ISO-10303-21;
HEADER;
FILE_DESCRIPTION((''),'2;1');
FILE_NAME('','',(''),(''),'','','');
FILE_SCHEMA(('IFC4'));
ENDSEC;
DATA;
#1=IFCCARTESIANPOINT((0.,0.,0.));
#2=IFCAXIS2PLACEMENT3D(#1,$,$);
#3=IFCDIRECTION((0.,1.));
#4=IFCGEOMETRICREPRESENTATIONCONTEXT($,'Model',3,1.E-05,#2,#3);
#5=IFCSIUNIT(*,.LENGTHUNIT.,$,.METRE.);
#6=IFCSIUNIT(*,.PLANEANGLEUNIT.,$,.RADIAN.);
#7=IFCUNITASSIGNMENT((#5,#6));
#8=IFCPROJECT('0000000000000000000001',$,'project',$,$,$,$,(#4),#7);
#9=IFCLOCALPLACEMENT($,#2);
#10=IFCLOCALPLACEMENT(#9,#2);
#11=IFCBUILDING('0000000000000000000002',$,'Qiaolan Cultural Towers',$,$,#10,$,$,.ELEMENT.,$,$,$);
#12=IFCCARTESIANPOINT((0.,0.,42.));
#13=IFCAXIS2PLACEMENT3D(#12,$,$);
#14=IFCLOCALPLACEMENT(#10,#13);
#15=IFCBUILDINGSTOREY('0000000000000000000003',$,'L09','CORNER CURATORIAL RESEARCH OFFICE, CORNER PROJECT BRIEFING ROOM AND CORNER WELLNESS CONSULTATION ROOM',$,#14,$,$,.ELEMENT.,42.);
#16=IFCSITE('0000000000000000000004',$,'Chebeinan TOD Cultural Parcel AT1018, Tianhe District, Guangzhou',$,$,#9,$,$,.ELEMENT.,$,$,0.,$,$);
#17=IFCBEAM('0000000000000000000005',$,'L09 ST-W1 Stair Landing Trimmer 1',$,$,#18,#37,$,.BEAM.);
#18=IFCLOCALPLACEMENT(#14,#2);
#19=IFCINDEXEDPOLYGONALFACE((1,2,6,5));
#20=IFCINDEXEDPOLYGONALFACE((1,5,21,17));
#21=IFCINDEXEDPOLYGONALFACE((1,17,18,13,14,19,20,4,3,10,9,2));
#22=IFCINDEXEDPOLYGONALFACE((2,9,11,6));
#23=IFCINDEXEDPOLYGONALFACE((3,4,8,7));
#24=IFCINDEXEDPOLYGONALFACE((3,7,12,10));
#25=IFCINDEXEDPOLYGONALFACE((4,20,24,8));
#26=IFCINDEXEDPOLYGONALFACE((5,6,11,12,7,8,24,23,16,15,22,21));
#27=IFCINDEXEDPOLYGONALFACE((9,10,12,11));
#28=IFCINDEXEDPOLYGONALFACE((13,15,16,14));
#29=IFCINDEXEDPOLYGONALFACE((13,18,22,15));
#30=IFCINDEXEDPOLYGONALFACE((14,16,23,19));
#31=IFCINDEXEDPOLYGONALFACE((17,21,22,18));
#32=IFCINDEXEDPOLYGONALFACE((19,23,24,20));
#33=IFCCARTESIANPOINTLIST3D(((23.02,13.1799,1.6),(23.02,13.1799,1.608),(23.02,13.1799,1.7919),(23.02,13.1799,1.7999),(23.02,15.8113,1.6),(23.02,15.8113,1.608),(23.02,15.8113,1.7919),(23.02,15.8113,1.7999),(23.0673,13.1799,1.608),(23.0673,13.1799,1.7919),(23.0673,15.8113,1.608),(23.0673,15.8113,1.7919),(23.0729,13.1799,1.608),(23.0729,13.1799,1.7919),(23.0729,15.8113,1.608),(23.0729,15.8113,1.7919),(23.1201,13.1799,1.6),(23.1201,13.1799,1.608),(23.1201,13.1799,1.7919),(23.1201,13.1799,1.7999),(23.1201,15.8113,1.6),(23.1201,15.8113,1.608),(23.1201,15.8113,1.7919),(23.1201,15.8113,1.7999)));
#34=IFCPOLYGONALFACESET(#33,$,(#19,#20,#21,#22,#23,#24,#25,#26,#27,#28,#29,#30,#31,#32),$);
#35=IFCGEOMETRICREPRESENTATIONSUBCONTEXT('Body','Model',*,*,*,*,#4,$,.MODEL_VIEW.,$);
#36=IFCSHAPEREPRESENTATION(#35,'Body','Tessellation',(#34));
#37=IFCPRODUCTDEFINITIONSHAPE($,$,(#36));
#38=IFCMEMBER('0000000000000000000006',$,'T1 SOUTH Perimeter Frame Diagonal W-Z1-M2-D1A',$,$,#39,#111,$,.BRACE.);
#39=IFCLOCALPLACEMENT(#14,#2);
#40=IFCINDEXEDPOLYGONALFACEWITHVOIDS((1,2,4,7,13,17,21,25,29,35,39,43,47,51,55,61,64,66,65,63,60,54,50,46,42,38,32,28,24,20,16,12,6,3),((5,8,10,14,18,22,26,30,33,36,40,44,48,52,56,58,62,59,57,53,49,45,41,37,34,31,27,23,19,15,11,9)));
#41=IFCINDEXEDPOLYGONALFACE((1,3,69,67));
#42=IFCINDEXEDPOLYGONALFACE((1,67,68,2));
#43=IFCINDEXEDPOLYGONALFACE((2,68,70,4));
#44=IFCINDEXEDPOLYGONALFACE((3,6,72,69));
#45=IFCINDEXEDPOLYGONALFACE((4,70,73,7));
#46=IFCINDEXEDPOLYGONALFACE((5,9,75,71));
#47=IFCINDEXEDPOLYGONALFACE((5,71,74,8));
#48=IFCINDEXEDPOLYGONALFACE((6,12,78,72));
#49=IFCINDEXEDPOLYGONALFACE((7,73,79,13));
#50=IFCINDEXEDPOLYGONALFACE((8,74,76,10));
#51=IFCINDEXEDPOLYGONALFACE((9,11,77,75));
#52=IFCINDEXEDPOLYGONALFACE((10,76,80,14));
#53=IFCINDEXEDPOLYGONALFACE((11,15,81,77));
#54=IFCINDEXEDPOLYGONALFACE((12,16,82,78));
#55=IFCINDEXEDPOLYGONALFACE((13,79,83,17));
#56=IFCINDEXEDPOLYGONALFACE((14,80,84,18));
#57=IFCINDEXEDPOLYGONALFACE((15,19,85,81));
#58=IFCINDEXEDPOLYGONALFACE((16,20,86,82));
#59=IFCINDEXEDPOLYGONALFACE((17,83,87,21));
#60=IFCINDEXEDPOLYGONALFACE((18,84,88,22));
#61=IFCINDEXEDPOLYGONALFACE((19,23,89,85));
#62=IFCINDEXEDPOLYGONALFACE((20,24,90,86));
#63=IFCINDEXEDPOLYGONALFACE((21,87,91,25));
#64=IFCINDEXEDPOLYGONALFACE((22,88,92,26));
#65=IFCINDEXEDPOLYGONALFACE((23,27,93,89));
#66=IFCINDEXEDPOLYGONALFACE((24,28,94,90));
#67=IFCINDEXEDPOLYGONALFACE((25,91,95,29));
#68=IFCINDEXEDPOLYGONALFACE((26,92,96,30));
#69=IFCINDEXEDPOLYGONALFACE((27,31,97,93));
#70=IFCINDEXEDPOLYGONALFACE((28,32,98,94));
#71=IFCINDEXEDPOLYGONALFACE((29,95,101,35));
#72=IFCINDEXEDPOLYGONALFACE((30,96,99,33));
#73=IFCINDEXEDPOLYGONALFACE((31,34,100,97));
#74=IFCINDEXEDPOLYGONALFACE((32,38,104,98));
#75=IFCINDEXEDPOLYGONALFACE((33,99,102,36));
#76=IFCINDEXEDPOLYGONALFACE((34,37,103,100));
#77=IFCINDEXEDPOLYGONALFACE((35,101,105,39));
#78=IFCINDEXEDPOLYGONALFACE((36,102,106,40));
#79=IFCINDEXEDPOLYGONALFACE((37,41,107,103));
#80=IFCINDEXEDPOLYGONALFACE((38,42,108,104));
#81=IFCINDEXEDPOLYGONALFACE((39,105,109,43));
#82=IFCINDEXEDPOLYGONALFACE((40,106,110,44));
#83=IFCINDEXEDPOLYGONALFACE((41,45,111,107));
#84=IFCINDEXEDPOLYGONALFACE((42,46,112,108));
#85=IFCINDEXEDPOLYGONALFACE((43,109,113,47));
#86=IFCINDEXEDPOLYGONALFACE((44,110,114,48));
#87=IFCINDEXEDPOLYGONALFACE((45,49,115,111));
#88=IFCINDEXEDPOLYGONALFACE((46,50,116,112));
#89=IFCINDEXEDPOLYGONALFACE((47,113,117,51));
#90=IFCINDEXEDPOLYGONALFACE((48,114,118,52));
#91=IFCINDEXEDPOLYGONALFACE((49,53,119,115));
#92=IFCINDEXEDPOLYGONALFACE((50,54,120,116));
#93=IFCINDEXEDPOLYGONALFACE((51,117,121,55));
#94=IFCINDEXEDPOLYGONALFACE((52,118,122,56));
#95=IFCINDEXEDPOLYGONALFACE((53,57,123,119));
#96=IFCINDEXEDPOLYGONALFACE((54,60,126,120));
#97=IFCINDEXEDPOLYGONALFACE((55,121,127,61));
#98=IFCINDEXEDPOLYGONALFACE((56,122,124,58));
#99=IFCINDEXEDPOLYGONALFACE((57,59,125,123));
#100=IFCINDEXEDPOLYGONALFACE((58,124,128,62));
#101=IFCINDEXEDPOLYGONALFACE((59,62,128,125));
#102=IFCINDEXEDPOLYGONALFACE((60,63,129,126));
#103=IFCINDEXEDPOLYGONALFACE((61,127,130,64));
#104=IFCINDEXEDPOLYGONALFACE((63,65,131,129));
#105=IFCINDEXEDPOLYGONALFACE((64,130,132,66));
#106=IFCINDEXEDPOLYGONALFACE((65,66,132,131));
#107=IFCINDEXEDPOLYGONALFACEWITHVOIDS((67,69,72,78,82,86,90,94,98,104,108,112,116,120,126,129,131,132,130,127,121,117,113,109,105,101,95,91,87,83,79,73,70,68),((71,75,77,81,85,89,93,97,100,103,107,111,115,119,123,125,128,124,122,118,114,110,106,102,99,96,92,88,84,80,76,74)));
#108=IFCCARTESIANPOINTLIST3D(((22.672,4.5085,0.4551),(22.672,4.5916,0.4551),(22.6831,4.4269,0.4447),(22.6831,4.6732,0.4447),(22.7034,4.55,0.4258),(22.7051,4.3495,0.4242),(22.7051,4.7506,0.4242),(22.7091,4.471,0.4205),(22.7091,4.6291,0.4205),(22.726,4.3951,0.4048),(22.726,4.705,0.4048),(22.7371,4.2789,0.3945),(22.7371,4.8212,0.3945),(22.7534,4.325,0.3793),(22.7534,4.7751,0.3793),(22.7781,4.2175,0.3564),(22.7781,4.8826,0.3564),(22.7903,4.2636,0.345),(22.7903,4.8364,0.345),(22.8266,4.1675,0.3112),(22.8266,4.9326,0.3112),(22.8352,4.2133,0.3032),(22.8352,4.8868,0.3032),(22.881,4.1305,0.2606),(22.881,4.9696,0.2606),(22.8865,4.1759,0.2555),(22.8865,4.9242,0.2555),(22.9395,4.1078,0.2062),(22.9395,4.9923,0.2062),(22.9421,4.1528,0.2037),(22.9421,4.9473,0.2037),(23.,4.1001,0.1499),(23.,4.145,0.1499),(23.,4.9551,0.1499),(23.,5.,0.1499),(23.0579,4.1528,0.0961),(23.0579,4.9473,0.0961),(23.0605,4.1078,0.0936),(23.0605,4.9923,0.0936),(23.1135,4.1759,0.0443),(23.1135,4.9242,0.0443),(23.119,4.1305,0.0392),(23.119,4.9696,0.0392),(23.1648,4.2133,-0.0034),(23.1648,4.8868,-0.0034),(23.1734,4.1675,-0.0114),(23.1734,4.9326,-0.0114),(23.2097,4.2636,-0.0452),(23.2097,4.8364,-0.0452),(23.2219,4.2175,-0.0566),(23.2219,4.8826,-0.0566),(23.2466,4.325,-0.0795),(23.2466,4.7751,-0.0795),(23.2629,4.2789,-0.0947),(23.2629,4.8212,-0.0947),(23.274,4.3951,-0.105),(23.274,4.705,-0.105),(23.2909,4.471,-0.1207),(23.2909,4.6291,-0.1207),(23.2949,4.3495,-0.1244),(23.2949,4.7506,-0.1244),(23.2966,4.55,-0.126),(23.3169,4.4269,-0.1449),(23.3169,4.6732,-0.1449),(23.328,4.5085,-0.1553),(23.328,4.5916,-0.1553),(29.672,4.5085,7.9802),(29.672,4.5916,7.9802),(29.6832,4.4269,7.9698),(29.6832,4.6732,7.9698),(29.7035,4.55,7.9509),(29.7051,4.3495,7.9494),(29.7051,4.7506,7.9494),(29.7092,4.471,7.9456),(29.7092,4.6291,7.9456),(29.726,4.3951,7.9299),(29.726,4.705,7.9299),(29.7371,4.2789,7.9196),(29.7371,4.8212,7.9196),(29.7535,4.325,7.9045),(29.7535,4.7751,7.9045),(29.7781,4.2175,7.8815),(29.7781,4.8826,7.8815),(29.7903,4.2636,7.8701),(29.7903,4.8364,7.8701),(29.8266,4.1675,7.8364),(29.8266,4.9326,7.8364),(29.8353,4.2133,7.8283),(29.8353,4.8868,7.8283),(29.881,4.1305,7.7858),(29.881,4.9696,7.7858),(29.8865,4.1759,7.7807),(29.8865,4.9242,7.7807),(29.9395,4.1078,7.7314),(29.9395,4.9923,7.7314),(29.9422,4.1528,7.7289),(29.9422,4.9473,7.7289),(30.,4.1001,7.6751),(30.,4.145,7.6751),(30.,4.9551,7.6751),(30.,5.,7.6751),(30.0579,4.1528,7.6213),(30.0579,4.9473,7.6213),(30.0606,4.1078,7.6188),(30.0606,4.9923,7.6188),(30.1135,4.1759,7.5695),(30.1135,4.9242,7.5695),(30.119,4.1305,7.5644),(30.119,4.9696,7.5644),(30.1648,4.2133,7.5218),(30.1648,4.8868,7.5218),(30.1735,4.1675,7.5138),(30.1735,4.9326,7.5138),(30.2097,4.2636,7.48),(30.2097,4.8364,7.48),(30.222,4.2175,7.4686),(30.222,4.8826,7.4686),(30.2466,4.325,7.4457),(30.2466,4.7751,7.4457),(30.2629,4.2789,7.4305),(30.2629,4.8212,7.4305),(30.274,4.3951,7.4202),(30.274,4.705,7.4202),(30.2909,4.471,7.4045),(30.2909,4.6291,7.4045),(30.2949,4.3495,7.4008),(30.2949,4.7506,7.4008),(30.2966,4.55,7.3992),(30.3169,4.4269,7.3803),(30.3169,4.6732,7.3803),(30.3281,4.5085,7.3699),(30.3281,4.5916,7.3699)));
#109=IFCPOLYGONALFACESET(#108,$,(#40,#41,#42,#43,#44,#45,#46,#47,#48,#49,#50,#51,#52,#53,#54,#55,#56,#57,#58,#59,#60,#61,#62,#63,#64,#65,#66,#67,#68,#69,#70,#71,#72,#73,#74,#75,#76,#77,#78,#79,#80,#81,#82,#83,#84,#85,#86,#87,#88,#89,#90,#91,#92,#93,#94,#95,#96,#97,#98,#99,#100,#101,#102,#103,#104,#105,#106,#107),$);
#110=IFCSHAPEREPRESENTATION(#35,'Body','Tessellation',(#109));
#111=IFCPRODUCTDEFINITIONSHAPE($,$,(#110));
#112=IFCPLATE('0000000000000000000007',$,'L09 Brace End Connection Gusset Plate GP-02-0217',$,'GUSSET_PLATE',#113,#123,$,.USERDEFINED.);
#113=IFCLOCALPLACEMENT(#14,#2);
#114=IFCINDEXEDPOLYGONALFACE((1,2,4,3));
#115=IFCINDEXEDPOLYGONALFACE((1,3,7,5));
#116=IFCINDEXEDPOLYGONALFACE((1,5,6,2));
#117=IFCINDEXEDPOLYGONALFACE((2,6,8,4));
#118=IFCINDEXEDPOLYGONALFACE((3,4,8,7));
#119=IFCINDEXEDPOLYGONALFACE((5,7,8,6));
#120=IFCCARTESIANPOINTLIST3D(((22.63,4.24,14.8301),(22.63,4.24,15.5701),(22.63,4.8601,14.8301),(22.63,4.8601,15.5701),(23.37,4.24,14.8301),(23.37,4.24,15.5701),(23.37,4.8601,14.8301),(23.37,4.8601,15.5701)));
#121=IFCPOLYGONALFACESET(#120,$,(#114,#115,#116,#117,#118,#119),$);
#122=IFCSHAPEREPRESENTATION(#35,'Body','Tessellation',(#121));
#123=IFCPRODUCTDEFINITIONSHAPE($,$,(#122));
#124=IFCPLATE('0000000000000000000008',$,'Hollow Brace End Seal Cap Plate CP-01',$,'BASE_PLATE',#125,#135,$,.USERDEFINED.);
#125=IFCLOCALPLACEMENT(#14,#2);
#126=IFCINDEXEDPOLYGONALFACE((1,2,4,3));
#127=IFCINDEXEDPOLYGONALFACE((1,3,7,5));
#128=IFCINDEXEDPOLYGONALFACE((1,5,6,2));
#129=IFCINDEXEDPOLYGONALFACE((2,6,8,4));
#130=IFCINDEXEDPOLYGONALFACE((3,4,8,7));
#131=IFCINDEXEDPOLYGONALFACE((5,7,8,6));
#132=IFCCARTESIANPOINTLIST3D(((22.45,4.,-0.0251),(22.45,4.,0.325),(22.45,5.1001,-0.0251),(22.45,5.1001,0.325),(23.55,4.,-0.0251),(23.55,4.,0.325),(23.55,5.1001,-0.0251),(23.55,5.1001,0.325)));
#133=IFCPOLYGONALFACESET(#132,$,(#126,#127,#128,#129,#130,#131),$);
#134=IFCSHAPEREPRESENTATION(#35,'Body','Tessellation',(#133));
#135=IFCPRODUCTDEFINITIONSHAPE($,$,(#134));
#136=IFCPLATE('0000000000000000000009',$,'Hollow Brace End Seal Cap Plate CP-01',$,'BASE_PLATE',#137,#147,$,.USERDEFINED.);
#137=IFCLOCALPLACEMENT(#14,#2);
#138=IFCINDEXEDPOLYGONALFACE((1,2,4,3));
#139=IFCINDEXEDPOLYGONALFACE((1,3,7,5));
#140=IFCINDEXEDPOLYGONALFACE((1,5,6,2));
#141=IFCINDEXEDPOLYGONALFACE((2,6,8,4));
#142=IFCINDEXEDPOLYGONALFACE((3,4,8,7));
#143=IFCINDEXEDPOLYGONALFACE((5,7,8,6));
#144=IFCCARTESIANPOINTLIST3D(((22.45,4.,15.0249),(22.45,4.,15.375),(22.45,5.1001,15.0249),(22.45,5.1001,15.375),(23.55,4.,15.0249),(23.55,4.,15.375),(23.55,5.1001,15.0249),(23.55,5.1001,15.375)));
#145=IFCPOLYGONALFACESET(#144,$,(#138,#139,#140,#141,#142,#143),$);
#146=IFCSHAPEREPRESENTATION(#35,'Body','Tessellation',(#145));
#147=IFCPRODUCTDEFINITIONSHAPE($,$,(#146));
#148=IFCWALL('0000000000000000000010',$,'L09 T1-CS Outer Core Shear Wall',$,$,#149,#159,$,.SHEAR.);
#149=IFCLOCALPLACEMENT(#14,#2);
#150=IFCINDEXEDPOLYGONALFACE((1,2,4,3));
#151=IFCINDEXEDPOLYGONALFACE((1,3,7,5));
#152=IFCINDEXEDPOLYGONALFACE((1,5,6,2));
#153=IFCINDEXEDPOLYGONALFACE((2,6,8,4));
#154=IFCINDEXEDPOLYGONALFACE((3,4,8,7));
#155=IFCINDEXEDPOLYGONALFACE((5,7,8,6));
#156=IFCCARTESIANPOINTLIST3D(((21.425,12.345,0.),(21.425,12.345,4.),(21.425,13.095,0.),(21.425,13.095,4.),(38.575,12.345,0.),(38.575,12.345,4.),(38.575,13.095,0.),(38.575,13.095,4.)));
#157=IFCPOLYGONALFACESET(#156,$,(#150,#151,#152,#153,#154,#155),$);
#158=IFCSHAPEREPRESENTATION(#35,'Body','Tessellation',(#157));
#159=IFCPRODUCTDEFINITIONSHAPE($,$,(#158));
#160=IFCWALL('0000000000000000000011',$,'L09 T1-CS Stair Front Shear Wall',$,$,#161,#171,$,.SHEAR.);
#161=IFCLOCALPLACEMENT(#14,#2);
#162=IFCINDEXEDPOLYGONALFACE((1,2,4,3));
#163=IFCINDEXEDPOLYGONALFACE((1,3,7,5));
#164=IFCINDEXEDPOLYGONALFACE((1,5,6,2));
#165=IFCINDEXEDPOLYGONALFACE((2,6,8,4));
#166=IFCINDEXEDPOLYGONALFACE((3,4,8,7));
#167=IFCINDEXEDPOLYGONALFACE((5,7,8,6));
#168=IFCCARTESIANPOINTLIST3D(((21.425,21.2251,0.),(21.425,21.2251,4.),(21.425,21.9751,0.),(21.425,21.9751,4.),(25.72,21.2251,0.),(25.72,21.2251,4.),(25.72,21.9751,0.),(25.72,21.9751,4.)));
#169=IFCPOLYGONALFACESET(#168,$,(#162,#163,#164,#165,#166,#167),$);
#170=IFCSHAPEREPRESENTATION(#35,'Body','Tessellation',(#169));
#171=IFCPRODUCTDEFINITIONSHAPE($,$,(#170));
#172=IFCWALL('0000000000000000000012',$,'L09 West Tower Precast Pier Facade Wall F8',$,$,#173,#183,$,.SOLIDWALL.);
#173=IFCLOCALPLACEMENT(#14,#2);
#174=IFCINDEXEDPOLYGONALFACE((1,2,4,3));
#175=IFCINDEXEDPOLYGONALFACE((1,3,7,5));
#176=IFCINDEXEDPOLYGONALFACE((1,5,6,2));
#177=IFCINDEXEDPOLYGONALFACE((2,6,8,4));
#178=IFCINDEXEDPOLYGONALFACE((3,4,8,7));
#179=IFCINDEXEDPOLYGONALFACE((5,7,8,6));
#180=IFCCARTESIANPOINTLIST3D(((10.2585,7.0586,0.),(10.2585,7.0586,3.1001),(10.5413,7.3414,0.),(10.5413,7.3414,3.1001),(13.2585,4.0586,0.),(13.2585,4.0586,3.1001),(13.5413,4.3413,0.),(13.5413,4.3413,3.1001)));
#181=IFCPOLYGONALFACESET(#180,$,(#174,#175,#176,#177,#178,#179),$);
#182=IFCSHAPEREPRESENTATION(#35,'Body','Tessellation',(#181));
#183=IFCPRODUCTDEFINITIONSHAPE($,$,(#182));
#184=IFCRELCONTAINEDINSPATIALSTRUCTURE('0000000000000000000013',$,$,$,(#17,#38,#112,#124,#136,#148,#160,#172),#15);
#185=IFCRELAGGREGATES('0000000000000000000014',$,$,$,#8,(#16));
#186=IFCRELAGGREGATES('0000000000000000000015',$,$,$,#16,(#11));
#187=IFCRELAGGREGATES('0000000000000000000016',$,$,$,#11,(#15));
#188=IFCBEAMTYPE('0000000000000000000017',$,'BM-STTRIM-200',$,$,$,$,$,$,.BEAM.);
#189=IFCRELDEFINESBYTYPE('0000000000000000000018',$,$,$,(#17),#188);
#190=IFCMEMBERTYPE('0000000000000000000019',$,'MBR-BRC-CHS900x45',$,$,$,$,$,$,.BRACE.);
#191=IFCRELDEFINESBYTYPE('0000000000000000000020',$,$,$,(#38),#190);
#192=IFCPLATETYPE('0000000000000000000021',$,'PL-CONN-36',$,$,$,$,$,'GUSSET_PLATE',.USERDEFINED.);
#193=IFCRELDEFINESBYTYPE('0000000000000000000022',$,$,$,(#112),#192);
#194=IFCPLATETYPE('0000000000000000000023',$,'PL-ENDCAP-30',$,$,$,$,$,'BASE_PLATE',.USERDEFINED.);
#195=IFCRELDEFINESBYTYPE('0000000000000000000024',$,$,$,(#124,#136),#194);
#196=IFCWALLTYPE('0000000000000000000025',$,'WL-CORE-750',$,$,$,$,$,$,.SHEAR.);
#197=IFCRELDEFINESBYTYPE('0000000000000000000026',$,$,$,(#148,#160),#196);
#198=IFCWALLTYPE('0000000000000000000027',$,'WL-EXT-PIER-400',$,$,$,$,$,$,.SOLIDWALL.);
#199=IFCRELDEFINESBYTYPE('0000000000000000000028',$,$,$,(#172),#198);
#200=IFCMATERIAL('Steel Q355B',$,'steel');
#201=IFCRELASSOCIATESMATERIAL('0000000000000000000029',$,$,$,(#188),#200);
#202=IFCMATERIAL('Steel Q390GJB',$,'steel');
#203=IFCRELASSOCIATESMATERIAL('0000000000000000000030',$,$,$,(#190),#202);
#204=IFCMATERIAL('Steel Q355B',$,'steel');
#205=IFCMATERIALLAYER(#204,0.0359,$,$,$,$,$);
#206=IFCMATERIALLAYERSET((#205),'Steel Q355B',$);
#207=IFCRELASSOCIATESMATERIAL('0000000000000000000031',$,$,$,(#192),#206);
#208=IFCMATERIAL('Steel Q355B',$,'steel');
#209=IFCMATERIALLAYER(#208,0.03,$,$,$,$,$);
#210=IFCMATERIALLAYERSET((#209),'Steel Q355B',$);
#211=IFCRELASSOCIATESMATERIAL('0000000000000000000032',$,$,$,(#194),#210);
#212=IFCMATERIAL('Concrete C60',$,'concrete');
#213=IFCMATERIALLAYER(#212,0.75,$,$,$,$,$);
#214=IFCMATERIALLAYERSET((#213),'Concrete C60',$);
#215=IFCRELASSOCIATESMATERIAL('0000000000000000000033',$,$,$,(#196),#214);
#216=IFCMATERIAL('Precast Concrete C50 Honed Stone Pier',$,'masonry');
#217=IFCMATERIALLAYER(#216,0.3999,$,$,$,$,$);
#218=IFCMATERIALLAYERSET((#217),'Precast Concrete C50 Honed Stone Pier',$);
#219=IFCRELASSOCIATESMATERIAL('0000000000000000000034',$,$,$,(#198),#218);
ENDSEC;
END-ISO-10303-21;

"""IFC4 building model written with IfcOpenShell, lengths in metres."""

from ifc_helpers import new_model, si_unit, direction, frame, frame_2d, origin, origin_2d, place, context, subcontext, project, spatial, rectangle, hollow_circle, i_section, extrude, material, layer, layer_set, material_profile, profile_set, type_object, element, save


model = new_model("IFC4")

# Units and contexts
model_context = context("Model", 3, precision=1e-05, world=origin(), true_north=direction((0.0, 1.0)))
body_context = subcontext(model_context, "Body", "Model", "MODEL_VIEW")
ifc_project = project(units=[si_unit("LENGTHUNIT", "METRE"), si_unit("PLANEANGLEUNIT", "RADIAN")], contexts=[model_context])

# Site, building, storey
site_placement = place(None, origin())
site = spatial("IfcSite", under=ifc_project, at=site_placement, Name="Chebeinan TOD Cultural Parcel AT1018, Tianhe District, Guangzhou", CompositionType="ELEMENT", RefElevation=0.0)
building_placement = place(site_placement, origin())
building = spatial("IfcBuilding", under=site, at=building_placement, Name="Qiaolan Cultural Towers", CompositionType="ELEMENT")
storey_placement = place(building_placement, frame((0.0, 0.0, 42.0)))
storey = spatial("IfcBuildingStorey", under=building, at=storey_placement, Name="L09", Description="CORNER CURATORIAL RESEARCH OFFICE, CORNER PROJECT BRIEFING ROOM AND CORNER WELLNESS CONSULTATION ROOM", CompositionType="ELEMENT", Elevation=42.0)

# Beam
ifc_material_1 = material(Name="Steel Q355B", Category="steel")
ifc_material_profile_1 = material_profile(ifc_material_1, i_section(OverallWidth=0.1001, OverallDepth=0.2, WebThickness=0.0056, FlangeThickness=0.0081, at=origin_2d()), Name="HN200x100x5.5x8")
ifc_profile_set_1 = profile_set([ifc_material_profile_1], Name="Steel Q355B")
beam_type_1 = type_object("IfcBeamType", Name="BM-STTRIM-200", PredefinedType="BEAM", material=ifc_profile_set_1)
beam_1_placement = place(storey_placement, frame((23.0701, 15.8113, 1.7), z_axis=(0.0, -1.0, 0.0), x_axis=(1.0, 0.0, 0.0)))
element("IfcBeam", 1, at=beam_1_placement, inside=storey, type_object=beam_type_1, Name="L09 ST-W1 Stair Landing Trimmer 1", PredefinedType="BEAM", context=body_context, shape_type="SweptSolid", body=[
    extrude(i_section(OverallWidth=0.1001, OverallDepth=0.2, WebThickness=0.0056, FlangeThickness=0.0081, at=origin_2d()), origin(), (0.0, 0.0, 1.0), 2.6313),
])

# Member
ifc_material_2 = material(Name="Steel Q390GJB", Category="steel")
ifc_material_profile_2 = material_profile(ifc_material_2, hollow_circle(Radius=0.45, WallThickness=0.0449, at=origin_2d()), Name="CHS900x45")
ifc_profile_set_2 = profile_set([ifc_material_profile_2], Name="Steel Q390GJB")
member_type = type_object("IfcMemberType", Name="MBR-BRC-CHS900x45", PredefinedType="BRACE", material=ifc_profile_set_2)
member_placement = place(storey_placement, frame((23.0, 4.55, 0.1499), z_axis=(0.681097, 0.0, 0.732193), x_axis=(0.0, 1.0, 0.0)))
element("IfcMember", 2, at=member_placement, inside=storey, type_object=member_type, Name="T1 SOUTH Perimeter Frame Diagonal W-Z1-M2-D1A", PredefinedType="BRACE", context=body_context, shape_type="SweptSolid", body=[
    extrude(hollow_circle(Radius=0.45, WallThickness=0.0449, at=origin_2d()), origin(), (0.0, 0.0, 1.0), 10.2776),
])

# Plates
ifc_material_3 = material(Name="Steel Q355B", Category="steel")
ifc_layer_1 = layer(ifc_material_3, 0.0359)
ifc_layer_set_1 = layer_set([ifc_layer_1], Name="Steel Q355B")
plate_type_1 = type_object("IfcPlateType", Name="PL-CONN-36", ElementType="GUSSET_PLATE", PredefinedType="USERDEFINED", material=ifc_layer_set_1)
plate_placement = place(storey_placement, frame((23.0, 4.55, 14.8301), z_axis=(0.0, 0.0, 1.0), x_axis=(1.0, 0.0, 0.0)))
element("IfcPlate", 3, at=plate_placement, inside=storey, type_object=plate_type_1, Name="L09 Brace End Connection Gusset Plate GP-02-0217", ObjectType="GUSSET_PLATE", PredefinedType="USERDEFINED", context=body_context, shape_type="SweptSolid", body=[
    extrude(rectangle(XDim=0.74, YDim=0.6201, at=origin_2d()), origin(), (0.0, 0.0, 1.0), 0.74),
])
ifc_material_4 = material(Name="Steel Q355B", Category="steel")
ifc_layer_2 = layer(ifc_material_4, 0.03)
ifc_layer_set_2 = layer_set([ifc_layer_2], Name="Steel Q355B")
plate_type_2 = type_object("IfcPlateType", Name="PL-ENDCAP-30", ElementType="BASE_PLATE", PredefinedType="USERDEFINED", material=ifc_layer_set_2)
for number, where, z_axis, x_axis, name in (
    (4, (23.0, 4.55, -0.0251), (0.0, 0.0, 1.0), (1.0, 0.0, 0.0), "Hollow Brace End Seal Cap Plate CP-01"),
    (5, (23.0, 4.55, 15.0249), (0.0, 0.0, 1.0), (1.0, 0.0, 0.0), "Hollow Brace End Seal Cap Plate CP-01"),
):
    element("IfcPlate", number, at=place(storey_placement, frame(where, z_axis=z_axis, x_axis=x_axis)), inside=storey, type_object=plate_type_2, Name=name, ObjectType="BASE_PLATE", PredefinedType="USERDEFINED", context=body_context, shape_type="SweptSolid", body=[
        extrude(rectangle(XDim=1.1001, YDim=1.1001, at=origin_2d()), origin(), (0.0, 0.0, 1.0), 0.3501),
    ])

# Walls
ifc_material_5 = material(Name="Concrete C60", Category="concrete")
ifc_layer_3 = layer(ifc_material_5, 0.75)
ifc_layer_set_3 = layer_set([ifc_layer_3], Name="Concrete C60")
wall_type_1 = type_object("IfcWallType", Name="WL-CORE-750", PredefinedType="SHEAR", material=ifc_layer_set_3)
wall_1_placement = place(storey_placement, frame((21.425, 12.72, 0.0), z_axis=(0.0, 0.0, 1.0), x_axis=(1.0, 0.0, 0.0)))
element("IfcWall", 6, at=wall_1_placement, inside=storey, type_object=wall_type_1, Name="L09 T1-CS Outer Core Shear Wall", PredefinedType="SHEAR", context=body_context, shape_type="SweptSolid", body=[
    extrude(rectangle(XDim=17.1499, YDim=0.75, at=frame_2d((8.575, 0.0))), origin(), (0.0, 0.0, 1.0), 4.0),
])
wall_2_placement = place(storey_placement, frame((21.425, 21.6001, 0.0), z_axis=(0.0, 0.0, 1.0), x_axis=(1.0, 0.0, 0.0)))
element("IfcWall", 7, at=wall_2_placement, inside=storey, type_object=wall_type_1, Name="L09 T1-CS Stair Front Shear Wall", PredefinedType="SHEAR", context=body_context, shape_type="SweptSolid", body=[
    extrude(rectangle(XDim=4.2949, YDim=0.75, at=frame_2d((2.1475, 0.0))), origin(), (0.0, 0.0, 1.0), 4.0),
])
ifc_material_6 = material(Name="Precast Concrete C50 Honed Stone Pier", Category="masonry")
ifc_layer_4 = layer(ifc_material_6, 0.3999)
ifc_layer_set_4 = layer_set([ifc_layer_4], Name="Precast Concrete C50 Honed Stone Pier")
wall_type_2 = type_object("IfcWallType", Name="WL-EXT-PIER-400", PredefinedType="SOLIDWALL", material=ifc_layer_set_4)
wall_3_placement = place(storey_placement, frame((13.3999, 4.2, 0.0), z_axis=(0.0, 0.0, 1.0), x_axis=(-0.707107, 0.707107, 0.0)))
element("IfcWall", 8, at=wall_3_placement, inside=storey, type_object=wall_type_2, Name="L09 West Tower Precast Pier Facade Wall F8", PredefinedType="SOLIDWALL", context=body_context, shape_type="SweptSolid", body=[
    extrude(rectangle(XDim=4.2427, YDim=0.3999, at=frame_2d((2.1213, 0.0))), origin(), (0.0, 0.0, 1.0), 3.1001),
])

save(model, "model.ifc")
